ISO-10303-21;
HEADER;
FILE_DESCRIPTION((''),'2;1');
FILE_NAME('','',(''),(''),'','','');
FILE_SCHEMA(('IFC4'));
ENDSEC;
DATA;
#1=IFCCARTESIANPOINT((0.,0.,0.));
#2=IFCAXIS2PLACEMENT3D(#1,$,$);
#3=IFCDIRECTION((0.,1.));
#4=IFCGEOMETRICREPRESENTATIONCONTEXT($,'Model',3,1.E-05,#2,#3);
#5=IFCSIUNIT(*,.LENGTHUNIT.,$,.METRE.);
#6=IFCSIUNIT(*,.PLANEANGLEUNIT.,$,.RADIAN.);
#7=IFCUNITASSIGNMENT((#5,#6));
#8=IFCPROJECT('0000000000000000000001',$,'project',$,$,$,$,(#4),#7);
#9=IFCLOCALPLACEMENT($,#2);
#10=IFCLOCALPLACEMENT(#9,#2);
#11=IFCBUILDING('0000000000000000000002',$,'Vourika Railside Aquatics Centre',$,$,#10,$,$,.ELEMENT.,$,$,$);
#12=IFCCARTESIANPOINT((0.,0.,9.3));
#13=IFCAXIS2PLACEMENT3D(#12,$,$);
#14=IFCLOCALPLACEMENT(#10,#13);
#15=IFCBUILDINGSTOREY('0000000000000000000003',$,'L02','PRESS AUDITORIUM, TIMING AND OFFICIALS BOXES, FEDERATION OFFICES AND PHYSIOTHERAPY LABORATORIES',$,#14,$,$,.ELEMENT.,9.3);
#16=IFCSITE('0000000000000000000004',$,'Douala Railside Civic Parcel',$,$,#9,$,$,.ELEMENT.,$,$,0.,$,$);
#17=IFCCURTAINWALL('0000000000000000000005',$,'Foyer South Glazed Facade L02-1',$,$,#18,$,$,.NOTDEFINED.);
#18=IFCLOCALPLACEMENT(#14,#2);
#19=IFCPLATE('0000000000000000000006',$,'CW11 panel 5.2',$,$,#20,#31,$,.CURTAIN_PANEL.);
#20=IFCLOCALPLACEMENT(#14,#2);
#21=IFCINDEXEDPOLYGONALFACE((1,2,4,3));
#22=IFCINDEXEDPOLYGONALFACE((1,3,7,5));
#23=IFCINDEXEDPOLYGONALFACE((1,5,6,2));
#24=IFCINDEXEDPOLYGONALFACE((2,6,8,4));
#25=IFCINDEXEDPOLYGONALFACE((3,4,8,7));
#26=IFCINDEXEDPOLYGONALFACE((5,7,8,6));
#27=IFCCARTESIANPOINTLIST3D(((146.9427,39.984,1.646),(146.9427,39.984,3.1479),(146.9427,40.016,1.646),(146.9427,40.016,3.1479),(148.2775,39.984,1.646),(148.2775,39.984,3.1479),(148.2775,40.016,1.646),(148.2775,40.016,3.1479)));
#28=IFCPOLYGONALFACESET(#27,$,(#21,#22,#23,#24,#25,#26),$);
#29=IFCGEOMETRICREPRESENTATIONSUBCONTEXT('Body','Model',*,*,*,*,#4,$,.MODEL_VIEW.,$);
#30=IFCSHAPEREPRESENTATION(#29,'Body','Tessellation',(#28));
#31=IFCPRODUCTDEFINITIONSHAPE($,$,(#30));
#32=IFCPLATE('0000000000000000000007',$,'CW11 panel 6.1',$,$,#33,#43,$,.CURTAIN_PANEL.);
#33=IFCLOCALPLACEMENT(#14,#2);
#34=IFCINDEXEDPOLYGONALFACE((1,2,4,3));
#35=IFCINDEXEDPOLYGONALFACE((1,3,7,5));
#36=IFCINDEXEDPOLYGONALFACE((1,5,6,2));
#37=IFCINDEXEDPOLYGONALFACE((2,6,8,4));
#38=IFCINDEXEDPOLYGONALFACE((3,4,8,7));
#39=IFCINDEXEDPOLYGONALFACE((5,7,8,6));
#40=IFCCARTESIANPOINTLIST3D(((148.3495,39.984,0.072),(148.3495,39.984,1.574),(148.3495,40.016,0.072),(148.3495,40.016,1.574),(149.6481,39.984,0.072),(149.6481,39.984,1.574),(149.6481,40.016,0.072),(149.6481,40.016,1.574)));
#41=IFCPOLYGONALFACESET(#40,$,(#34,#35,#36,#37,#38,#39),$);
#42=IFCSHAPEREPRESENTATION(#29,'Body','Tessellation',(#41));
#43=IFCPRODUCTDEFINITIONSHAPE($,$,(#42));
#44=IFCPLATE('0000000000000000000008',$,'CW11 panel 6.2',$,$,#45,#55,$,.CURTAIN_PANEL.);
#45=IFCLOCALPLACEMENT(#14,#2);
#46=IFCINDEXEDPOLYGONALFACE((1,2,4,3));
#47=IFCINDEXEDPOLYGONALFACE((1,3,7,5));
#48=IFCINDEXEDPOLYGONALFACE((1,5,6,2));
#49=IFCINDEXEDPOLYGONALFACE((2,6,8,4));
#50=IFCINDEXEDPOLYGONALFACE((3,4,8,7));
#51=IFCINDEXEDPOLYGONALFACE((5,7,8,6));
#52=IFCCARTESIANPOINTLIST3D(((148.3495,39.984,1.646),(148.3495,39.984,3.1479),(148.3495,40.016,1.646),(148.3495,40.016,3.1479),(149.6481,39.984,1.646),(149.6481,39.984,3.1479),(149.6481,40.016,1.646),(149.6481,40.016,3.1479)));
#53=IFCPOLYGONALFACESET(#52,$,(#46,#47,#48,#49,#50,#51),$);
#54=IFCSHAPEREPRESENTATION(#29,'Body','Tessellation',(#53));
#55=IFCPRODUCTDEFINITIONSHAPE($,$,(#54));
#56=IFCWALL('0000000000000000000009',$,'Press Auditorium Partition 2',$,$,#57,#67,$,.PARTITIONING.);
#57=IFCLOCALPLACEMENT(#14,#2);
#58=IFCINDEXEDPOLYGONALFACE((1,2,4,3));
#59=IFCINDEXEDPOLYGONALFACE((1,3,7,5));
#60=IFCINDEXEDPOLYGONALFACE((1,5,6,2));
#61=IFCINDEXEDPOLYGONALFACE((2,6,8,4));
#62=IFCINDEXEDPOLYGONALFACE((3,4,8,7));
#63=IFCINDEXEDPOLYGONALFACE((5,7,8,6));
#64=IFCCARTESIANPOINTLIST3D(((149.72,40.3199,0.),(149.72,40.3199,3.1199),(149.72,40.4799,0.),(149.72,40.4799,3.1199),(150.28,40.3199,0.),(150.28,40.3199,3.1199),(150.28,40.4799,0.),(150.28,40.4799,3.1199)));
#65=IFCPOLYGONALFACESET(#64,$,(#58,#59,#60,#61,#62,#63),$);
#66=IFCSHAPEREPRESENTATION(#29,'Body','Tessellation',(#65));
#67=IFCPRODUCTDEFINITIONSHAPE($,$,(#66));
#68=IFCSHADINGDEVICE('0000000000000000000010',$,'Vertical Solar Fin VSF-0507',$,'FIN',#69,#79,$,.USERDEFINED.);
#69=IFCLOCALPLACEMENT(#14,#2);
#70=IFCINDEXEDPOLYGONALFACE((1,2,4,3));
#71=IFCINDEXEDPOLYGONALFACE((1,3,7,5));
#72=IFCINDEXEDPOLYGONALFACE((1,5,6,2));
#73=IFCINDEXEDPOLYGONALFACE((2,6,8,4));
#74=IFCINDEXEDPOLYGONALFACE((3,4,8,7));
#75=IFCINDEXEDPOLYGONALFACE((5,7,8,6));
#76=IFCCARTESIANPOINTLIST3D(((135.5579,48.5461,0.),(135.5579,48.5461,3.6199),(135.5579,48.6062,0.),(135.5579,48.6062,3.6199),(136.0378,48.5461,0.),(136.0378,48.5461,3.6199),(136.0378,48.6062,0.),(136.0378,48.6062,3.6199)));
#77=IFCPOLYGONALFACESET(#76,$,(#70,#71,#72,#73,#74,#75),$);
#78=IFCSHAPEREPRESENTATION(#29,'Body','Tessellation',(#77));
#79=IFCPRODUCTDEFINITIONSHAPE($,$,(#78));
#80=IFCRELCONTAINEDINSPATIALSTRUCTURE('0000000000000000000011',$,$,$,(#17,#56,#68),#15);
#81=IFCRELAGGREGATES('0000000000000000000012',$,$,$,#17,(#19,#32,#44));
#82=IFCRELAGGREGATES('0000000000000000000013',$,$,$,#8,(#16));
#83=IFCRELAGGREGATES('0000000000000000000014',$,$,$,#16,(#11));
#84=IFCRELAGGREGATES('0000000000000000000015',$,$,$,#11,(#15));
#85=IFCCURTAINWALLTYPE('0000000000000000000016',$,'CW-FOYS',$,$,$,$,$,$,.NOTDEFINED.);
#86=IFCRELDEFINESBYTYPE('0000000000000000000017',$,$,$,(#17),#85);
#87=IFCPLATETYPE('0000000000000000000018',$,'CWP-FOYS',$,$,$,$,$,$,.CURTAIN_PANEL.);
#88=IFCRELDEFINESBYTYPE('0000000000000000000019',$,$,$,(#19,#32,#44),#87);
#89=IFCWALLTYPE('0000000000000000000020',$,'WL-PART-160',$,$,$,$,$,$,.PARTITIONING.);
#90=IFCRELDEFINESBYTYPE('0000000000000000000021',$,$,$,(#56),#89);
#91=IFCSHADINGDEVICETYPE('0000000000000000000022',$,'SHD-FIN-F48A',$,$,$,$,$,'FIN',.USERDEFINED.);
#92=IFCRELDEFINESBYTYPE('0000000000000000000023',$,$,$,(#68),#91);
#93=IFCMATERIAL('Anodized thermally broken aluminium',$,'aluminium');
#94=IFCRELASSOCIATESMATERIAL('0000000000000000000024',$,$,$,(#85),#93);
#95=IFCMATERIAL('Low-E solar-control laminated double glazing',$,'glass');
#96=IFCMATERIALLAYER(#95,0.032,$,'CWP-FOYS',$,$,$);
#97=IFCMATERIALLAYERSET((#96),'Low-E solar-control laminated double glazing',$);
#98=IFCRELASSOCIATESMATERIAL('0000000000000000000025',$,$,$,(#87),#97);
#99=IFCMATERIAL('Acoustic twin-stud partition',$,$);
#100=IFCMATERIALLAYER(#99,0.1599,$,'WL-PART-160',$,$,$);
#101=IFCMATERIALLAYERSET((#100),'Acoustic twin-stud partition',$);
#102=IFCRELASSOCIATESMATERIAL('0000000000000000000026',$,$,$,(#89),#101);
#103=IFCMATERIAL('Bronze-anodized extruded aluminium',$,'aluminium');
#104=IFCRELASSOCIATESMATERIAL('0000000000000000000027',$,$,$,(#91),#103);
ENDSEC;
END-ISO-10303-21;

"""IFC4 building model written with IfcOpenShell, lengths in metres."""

from ifc_helpers import new_model, si_unit, direction, frame, frame_2d, origin, origin_2d, place, context, subcontext, project, spatial, rectangle, extrude, material, layer, layer_set, material_profile, profile_set, type_object, element, aggregate, save


model = new_model("IFC4")

# Units and contexts
model_context = context("Model", 3, precision=1e-05, world=origin(), true_north=direction((0.0, 1.0)))
body_context = subcontext(model_context, "Body", "Model", "MODEL_VIEW")
ifc_project = project(units=[si_unit("LENGTHUNIT", "METRE"), si_unit("PLANEANGLEUNIT", "RADIAN")], contexts=[model_context])

# Site, building, storey
site_placement = place(None, origin())
site = spatial("IfcSite", under=ifc_project, at=site_placement, Name="Douala Railside Civic Parcel", CompositionType="ELEMENT", RefElevation=0.0)
building_placement = place(site_placement, origin())
building = spatial("IfcBuilding", under=site, at=building_placement, Name="Vourika Railside Aquatics Centre", CompositionType="ELEMENT")
storey_placement = place(building_placement, frame((0.0, 0.0, 9.3)))
storey = spatial("IfcBuildingStorey", under=building, at=storey_placement, Name="L02", Description="PRESS AUDITORIUM, TIMING AND OFFICIALS BOXES, FEDERATION OFFICES AND PHYSIOTHERAPY LABORATORIES", CompositionType="ELEMENT", Elevation=9.3)

# Shared definitions
ifc_material_1 = material(Name="Anodized thermally broken aluminium", Category="aluminium")

# Curtain wall
curtain_wall_type_1 = type_object("IfcCurtainWallType", Name="CW-FOYS", PredefinedType="NOTDEFINED", material=ifc_material_1)
curtain_wall_1_placement = place(storey_placement, origin())
curtain_wall_1 = element("IfcCurtainWall", 1, at=curtain_wall_1_placement, inside=storey, type_object=curtain_wall_type_1, Name="Foyer South Glazed Facade L02-1", PredefinedType="NOTDEFINED")

# Plates
ifc_material_2 = material(Name="Low-E solar-control laminated double glazing", Category="glass")
ifc_layer_1 = layer(ifc_material_2, 0.032, Name="CWP-FOYS")
ifc_layer_set_1 = layer_set([ifc_layer_1], Name="Low-E solar-control laminated double glazing")
plate_type_1 = type_object("IfcPlateType", Name="CWP-FOYS", PredefinedType="CURTAIN_PANEL", material=ifc_layer_set_1)
plate_1_placement = place(storey_placement, frame((147.6101, 40.0, 1.646), z_axis=(0.0, 0.0, 1.0), x_axis=(1.0, 0.0, 0.0)))
plate_1 = element("IfcPlate", 2, at=plate_1_placement, type_object=plate_type_1, Name="CW11 panel 5.2", PredefinedType="CURTAIN_PANEL", context=body_context, shape_type="SweptSolid", body=[
    extrude(rectangle(XDim=1.3347, YDim=0.032, at=origin_2d()), origin(), (0.0, 0.0, 1.0), 1.502),
])
plate_2_placement = place(storey_placement, frame((148.9988, 40.0, 0.072), z_axis=(0.0, 0.0, 1.0), x_axis=(1.0, 0.0, 0.0)))
plate_2 = element("IfcPlate", 3, at=plate_2_placement, type_object=plate_type_1, Name="CW11 panel 6.1", PredefinedType="CURTAIN_PANEL", context=body_context, shape_type="SweptSolid", body=[
    extrude(rectangle(XDim=1.2986, YDim=0.032, at=origin_2d()), origin(), (0.0, 0.0, 1.0), 1.502),
])
plate_3_placement = place(storey_placement, frame((148.9988, 40.0, 1.646), z_axis=(0.0, 0.0, 1.0), x_axis=(1.0, 0.0, 0.0)))
plate_3 = element("IfcPlate", 4, at=plate_3_placement, type_object=plate_type_1, Name="CW11 panel 6.2", PredefinedType="CURTAIN_PANEL", context=body_context, shape_type="SweptSolid", body=[
    extrude(rectangle(XDim=1.2986, YDim=0.032, at=origin_2d()), origin(), (0.0, 0.0, 1.0), 1.502),
])
aggregate(curtain_wall_1, [plate_1, plate_2, plate_3])

# Wall
ifc_material_3 = material(Name="Acoustic twin-stud partition")
ifc_layer_2 = layer(ifc_material_3, 0.1599, Name="WL-PART-160")
ifc_layer_set_2 = layer_set([ifc_layer_2], Name="Acoustic twin-stud partition")
wall_type = type_object("IfcWallType", Name="WL-PART-160", PredefinedType="PARTITIONING", material=ifc_layer_set_2)
wall_placement = place(storey_placement, frame((150.28, 40.3999, 0.0), z_axis=(0.0, 0.0, 1.0), x_axis=(-1.0, 0.0, 0.0)))
element("IfcWall", 5, at=wall_placement, inside=storey, type_object=wall_type, Name="Press Auditorium Partition 2", PredefinedType="PARTITIONING", context=body_context, shape_type="SweptSolid", body=[
    extrude(rectangle(XDim=0.5601, YDim=0.1599, at=frame_2d((0.28, 0.0))), origin(), (0.0, 0.0, 1.0), 3.1199),
])

# Shading device
ifc_material_4 = material(Name="Bronze-anodized extruded aluminium", Category="aluminium")
ifc_material_profile_1 = material_profile(ifc_material_4, rectangle(XDim=0.0601, YDim=0.48, at=origin_2d()), Name="ALU-FIN 60x480")
ifc_profile_set_1 = profile_set([ifc_material_profile_1], Name="Bronze-anodized extruded aluminium")
shading_device_type = type_object("IfcShadingDeviceType", Name="SHD-FIN-F48A", ElementType="FIN", PredefinedType="USERDEFINED", material=ifc_profile_set_1)
shading_device_placement = place(storey_placement, frame((135.7979, 48.5762, 0.0), z_axis=(0.0, 0.0, 1.0), x_axis=(0.0, 1.0, 0.0)))
element("IfcShadingDevice", 6, at=shading_device_placement, inside=storey, type_object=shading_device_type, Name="Vertical Solar Fin VSF-0507", ObjectType="FIN", PredefinedType="USERDEFINED", context=body_context, shape_type="SweptSolid", body=[
    extrude(rectangle(XDim=0.0601, YDim=0.48, at=origin_2d()), origin(), (0.0, 0.0, 1.0), 3.6199),
])

save(model, "model.ifc")
